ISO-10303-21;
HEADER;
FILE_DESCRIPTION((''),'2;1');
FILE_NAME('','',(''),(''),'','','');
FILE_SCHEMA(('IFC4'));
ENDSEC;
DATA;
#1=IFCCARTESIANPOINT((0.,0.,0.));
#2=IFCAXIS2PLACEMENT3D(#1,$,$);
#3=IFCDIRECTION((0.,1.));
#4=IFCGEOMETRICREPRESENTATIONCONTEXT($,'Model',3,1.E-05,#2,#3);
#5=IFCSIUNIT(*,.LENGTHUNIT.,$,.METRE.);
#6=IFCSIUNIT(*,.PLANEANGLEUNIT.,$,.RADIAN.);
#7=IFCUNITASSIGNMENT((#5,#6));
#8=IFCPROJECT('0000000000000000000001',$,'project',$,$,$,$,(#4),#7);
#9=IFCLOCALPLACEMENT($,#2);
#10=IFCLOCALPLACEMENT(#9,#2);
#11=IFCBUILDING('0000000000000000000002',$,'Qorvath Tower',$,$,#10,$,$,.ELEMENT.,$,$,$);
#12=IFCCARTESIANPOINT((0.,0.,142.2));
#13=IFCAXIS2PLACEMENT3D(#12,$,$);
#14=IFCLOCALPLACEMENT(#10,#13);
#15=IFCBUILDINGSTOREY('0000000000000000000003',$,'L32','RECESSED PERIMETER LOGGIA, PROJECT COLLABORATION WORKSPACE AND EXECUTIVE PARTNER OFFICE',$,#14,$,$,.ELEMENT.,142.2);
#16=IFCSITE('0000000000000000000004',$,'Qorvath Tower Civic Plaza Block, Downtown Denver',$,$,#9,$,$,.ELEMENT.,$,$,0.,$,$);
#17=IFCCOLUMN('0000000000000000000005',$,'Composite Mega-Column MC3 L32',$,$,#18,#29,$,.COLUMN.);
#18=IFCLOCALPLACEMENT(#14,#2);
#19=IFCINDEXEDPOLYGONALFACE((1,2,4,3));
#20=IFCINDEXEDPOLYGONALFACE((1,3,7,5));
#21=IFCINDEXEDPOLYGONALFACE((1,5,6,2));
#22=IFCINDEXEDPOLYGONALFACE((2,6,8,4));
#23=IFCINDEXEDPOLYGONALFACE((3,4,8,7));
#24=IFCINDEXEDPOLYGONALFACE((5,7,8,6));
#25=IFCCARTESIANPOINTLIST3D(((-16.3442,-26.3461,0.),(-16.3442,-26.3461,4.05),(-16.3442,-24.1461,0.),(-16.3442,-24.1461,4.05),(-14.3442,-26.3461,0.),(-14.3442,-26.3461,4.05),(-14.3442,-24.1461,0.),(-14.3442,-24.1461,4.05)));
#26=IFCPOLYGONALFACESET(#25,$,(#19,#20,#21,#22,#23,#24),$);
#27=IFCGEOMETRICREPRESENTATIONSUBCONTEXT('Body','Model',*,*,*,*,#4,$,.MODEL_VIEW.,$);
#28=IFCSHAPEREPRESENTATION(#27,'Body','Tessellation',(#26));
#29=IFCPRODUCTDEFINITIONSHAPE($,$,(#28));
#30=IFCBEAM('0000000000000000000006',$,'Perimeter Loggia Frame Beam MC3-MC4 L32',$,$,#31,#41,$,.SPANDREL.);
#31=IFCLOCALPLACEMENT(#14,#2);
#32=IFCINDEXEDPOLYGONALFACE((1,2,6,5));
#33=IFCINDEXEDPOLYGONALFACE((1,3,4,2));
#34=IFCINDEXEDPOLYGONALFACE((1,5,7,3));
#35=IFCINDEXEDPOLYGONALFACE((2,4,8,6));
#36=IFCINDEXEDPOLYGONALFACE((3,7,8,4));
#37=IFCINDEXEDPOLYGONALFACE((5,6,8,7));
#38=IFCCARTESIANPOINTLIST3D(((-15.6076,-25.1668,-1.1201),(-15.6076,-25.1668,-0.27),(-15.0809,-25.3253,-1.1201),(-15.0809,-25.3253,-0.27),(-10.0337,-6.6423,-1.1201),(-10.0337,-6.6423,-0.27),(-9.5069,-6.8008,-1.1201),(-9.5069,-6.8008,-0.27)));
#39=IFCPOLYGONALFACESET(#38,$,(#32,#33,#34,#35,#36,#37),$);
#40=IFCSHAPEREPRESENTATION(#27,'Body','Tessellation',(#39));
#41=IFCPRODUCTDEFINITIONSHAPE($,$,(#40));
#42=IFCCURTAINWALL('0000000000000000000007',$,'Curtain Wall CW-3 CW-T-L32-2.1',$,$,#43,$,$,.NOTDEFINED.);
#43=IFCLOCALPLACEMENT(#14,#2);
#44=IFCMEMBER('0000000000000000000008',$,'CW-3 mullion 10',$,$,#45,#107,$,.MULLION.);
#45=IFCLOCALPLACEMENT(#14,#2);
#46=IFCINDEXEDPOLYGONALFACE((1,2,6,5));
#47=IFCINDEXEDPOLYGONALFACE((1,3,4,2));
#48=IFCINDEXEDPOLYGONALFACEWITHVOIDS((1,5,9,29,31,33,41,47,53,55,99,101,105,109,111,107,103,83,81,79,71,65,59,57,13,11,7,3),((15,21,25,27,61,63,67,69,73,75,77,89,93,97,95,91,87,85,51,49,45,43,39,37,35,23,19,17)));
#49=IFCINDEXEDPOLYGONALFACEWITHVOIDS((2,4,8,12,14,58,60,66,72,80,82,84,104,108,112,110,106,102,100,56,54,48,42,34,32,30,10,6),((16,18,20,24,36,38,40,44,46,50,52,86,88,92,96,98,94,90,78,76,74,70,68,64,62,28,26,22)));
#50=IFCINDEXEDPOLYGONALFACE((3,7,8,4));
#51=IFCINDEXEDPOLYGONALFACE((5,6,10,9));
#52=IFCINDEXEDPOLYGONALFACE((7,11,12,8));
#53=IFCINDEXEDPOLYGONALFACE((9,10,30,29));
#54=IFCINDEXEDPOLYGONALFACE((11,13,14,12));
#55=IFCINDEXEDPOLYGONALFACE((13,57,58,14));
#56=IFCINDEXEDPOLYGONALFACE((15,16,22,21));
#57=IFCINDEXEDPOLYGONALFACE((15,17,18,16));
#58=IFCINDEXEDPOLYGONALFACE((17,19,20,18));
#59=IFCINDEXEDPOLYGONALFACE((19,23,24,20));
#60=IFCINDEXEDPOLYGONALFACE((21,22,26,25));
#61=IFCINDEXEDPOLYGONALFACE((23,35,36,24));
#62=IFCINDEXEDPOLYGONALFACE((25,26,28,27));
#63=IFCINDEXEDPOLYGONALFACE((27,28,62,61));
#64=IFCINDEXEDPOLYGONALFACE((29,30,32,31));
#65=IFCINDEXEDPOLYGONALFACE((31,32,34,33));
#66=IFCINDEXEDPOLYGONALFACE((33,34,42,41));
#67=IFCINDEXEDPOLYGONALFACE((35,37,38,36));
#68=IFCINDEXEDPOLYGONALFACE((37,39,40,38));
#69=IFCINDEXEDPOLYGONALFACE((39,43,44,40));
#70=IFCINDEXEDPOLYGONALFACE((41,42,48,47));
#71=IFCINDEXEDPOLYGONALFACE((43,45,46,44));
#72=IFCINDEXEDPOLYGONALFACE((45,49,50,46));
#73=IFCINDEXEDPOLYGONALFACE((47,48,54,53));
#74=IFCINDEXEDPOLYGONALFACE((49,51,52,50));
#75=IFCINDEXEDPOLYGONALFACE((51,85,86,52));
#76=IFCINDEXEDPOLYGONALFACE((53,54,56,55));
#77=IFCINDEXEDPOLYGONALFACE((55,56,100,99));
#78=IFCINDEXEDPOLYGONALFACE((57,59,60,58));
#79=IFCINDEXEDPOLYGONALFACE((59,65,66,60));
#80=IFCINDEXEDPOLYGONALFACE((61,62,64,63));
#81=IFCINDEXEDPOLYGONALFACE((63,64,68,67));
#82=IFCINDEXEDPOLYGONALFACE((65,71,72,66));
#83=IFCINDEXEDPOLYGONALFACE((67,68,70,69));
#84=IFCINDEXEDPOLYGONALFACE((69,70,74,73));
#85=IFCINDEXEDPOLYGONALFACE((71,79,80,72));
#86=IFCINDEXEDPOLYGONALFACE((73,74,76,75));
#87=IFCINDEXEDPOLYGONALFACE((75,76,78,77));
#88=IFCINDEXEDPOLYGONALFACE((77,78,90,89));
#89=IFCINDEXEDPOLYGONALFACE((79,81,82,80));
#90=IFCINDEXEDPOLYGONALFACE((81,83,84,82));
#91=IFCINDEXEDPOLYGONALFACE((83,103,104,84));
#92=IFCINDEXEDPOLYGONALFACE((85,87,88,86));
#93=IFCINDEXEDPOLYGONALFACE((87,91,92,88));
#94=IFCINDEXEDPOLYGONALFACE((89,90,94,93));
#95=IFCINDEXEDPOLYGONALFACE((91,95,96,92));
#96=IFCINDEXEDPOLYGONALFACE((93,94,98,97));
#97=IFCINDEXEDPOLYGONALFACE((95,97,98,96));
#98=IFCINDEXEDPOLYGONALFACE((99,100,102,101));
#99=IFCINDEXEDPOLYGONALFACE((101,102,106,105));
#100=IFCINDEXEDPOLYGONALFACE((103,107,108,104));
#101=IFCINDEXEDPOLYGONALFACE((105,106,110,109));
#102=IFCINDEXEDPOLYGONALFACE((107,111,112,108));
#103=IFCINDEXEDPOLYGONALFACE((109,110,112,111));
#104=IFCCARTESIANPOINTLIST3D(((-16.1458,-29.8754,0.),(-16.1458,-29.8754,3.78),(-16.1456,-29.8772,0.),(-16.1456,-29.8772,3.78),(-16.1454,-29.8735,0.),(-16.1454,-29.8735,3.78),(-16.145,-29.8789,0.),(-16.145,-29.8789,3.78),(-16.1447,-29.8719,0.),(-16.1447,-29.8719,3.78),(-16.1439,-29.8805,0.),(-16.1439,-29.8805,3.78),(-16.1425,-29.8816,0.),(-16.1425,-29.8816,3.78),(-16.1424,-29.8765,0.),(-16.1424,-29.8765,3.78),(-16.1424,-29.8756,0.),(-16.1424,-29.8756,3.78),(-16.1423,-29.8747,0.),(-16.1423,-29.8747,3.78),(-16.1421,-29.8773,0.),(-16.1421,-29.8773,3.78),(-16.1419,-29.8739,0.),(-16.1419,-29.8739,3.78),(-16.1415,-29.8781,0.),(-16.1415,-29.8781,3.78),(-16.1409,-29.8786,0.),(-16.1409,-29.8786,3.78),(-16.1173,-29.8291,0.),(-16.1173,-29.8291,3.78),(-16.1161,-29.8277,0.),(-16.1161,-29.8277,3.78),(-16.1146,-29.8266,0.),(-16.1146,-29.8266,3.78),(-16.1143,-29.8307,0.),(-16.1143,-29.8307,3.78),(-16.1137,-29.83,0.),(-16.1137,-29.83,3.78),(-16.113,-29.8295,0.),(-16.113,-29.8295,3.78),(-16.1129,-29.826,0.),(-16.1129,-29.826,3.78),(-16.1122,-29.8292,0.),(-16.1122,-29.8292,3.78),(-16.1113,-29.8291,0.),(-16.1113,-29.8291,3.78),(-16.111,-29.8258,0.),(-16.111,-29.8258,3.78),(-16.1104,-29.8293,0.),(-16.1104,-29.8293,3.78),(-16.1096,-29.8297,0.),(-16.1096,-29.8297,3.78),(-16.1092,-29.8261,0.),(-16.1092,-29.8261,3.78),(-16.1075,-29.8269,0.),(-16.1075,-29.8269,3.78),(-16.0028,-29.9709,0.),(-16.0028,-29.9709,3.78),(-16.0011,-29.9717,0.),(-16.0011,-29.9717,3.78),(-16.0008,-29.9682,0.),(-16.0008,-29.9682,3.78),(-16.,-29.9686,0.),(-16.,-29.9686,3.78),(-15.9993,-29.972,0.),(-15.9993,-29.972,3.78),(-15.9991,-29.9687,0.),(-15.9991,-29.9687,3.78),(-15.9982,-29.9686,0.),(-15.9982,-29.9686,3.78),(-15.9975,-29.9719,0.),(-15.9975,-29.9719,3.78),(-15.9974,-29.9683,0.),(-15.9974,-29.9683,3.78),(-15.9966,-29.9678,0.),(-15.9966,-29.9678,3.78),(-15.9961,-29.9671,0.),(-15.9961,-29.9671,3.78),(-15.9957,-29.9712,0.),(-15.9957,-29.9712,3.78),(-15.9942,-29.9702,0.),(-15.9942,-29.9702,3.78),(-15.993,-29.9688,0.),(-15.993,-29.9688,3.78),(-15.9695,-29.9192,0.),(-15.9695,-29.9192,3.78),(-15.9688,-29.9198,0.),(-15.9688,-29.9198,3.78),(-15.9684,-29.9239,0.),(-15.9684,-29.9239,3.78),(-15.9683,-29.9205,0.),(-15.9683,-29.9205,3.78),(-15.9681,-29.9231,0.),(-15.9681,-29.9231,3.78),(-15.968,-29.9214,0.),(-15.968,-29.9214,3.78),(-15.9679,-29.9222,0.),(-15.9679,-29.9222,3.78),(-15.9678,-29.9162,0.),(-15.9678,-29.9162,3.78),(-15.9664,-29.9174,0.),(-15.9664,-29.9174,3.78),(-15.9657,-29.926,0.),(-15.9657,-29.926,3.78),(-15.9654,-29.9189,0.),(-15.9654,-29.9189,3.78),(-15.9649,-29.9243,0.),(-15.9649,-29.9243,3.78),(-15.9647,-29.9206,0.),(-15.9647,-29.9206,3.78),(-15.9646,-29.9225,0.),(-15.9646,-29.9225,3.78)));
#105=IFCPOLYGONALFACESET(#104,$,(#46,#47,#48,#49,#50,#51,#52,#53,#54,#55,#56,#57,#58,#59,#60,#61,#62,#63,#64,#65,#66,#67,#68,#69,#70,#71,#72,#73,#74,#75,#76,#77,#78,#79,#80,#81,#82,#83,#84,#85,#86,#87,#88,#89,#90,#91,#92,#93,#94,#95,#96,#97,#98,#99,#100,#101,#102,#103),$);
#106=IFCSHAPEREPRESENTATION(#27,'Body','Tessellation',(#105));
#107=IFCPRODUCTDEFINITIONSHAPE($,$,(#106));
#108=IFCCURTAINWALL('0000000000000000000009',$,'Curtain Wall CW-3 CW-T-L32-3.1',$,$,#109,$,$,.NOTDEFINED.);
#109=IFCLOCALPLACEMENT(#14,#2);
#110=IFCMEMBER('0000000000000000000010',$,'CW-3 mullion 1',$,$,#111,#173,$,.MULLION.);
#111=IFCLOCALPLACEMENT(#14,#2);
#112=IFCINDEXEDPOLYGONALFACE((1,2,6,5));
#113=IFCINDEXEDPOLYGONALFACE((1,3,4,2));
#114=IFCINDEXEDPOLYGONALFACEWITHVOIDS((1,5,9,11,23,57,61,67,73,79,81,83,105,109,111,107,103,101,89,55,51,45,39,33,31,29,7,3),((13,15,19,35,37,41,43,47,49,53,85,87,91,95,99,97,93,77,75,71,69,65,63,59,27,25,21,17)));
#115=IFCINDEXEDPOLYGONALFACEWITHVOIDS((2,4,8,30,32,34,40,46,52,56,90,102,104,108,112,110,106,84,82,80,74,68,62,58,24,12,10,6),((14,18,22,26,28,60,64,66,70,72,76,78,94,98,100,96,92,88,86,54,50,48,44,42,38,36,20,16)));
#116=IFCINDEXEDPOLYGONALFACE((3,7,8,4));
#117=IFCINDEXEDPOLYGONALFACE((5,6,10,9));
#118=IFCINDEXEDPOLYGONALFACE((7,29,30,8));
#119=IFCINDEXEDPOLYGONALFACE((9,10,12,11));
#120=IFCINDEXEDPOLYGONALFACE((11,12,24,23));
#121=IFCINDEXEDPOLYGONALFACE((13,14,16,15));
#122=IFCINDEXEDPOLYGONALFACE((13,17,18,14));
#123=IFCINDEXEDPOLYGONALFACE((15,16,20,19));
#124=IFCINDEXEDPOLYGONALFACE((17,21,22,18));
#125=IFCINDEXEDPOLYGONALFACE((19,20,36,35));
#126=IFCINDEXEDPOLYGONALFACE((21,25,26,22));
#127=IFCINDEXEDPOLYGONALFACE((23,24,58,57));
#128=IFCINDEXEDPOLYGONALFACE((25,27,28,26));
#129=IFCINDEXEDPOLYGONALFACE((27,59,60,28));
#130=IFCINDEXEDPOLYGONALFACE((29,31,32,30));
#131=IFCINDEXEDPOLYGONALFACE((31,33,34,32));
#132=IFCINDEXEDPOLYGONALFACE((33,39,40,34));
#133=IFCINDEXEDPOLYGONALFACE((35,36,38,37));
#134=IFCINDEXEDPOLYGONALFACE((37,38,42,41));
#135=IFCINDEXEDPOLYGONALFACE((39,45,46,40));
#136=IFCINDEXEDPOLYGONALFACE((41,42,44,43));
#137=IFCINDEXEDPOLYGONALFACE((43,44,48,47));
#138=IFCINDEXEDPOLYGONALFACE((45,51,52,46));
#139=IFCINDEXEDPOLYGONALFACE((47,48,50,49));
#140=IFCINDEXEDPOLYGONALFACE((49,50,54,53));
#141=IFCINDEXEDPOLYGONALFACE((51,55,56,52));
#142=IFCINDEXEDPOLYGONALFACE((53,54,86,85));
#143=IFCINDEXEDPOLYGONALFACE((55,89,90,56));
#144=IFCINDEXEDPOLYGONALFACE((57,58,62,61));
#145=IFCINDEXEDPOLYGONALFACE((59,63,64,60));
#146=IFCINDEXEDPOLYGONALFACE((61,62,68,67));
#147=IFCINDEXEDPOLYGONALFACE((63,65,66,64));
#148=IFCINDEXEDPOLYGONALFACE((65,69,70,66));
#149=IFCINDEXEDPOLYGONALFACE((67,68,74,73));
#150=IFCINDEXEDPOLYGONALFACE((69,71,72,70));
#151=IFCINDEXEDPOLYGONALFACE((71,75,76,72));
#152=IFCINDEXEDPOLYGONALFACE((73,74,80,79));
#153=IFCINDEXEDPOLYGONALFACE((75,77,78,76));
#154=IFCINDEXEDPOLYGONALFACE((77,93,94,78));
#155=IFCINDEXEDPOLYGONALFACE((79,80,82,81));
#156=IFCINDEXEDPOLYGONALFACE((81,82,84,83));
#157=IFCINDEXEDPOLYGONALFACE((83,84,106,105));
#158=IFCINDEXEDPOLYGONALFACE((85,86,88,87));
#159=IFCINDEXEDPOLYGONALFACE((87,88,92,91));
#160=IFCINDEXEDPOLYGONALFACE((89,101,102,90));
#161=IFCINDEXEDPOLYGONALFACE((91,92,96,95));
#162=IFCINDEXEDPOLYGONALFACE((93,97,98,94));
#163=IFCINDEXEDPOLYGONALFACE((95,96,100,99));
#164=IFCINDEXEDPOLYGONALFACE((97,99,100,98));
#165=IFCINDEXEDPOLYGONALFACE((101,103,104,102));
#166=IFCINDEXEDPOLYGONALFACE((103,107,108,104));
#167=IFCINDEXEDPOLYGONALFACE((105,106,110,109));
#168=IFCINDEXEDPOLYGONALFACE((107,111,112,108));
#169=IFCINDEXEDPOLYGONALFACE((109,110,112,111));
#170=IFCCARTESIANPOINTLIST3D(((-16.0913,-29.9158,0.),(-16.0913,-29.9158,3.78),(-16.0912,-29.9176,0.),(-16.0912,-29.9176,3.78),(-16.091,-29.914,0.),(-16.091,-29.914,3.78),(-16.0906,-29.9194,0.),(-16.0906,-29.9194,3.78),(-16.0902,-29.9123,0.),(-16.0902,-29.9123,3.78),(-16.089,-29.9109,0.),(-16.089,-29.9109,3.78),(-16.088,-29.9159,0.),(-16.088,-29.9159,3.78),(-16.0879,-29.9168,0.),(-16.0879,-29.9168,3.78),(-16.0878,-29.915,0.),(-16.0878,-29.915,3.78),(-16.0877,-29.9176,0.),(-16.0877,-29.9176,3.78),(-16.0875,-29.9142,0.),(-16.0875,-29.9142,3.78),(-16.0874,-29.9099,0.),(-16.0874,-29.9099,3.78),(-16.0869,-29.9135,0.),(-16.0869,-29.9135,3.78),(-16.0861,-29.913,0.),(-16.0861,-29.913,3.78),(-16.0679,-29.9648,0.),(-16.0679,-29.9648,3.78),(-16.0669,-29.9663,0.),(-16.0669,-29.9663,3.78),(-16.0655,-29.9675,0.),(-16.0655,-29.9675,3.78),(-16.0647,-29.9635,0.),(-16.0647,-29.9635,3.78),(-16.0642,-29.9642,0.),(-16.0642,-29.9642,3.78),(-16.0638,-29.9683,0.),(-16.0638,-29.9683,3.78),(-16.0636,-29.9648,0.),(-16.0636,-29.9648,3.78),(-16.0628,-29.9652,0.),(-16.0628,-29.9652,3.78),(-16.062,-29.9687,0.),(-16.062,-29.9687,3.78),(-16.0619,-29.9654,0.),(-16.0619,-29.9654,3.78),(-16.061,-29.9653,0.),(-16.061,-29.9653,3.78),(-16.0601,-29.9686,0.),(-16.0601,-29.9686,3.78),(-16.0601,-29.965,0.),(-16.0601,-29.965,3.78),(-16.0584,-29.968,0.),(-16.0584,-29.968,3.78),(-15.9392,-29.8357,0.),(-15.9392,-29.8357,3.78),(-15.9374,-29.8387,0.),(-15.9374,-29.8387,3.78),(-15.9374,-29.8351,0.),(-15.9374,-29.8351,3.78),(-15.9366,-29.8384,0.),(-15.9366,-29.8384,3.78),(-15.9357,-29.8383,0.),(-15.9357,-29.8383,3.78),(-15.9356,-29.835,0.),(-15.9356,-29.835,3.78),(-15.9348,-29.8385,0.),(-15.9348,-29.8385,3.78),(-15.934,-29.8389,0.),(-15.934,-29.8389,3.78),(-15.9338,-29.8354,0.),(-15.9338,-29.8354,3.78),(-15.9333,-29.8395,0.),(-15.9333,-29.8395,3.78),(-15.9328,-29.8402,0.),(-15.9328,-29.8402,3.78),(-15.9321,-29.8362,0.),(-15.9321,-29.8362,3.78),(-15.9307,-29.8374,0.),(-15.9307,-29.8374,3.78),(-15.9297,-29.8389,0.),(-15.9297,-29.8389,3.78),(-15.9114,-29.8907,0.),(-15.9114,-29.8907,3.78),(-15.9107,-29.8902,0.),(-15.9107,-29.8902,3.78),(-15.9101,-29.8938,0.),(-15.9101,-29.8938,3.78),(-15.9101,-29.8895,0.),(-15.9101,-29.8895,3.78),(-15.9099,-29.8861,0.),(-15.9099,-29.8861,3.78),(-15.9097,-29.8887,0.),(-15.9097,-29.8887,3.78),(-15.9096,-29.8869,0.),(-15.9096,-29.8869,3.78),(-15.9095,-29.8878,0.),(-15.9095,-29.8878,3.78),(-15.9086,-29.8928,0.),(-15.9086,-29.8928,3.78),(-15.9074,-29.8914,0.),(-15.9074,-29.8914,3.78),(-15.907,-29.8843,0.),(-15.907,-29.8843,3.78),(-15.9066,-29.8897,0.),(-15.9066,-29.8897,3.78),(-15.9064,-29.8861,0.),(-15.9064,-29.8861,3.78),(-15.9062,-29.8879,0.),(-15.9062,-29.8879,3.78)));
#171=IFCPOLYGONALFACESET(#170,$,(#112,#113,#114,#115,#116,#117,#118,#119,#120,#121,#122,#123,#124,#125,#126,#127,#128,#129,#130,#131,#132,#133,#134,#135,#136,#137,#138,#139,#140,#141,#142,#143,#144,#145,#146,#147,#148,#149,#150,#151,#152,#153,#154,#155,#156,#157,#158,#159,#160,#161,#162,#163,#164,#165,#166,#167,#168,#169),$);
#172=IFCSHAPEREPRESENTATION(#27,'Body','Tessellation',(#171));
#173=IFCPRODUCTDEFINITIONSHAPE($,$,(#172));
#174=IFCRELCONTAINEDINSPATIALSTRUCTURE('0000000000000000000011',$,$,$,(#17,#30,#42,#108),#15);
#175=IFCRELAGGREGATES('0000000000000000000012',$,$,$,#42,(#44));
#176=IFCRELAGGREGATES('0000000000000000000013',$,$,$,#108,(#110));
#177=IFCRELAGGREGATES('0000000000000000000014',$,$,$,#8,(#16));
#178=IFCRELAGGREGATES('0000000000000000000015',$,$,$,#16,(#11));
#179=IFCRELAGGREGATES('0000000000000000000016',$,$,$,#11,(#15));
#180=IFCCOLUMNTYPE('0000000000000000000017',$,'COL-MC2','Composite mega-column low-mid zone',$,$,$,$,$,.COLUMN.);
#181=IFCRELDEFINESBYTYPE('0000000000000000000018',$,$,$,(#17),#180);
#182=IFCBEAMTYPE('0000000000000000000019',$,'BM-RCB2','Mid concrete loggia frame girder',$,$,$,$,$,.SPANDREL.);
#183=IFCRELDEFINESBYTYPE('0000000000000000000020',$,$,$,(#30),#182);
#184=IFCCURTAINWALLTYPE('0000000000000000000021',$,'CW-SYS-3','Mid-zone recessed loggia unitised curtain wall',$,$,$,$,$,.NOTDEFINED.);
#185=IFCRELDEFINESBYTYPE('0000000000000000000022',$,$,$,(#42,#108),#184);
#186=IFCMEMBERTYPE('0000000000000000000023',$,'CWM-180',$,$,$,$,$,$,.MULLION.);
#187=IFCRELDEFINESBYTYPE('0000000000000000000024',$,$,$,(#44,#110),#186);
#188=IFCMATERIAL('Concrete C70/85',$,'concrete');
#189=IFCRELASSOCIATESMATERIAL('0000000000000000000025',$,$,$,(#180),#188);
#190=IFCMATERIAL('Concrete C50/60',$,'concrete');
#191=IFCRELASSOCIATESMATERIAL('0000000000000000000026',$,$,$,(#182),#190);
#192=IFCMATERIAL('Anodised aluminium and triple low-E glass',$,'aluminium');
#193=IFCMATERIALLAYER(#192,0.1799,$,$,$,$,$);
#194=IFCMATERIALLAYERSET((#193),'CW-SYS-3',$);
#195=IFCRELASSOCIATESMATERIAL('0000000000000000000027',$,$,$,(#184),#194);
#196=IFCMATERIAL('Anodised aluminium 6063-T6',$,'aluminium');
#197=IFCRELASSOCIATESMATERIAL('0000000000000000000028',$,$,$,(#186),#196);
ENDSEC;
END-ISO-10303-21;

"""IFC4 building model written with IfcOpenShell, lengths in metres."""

from ifc_helpers import new_model, si_unit, direction, frame, origin, origin_2d, place, context, subcontext, project, spatial, rectangle, hollow_rectangle, extrude, material, layer, layer_set, material_profile, profile_set, type_object, element, aggregate, save


model = new_model("IFC4")

# Units and contexts
model_context = context("Model", 3, precision=1e-05, world=origin(), true_north=direction((0.0, 1.0)))
body_context = subcontext(model_context, "Body", "Model", "MODEL_VIEW")
ifc_project = project(units=[si_unit("LENGTHUNIT", "METRE"), si_unit("PLANEANGLEUNIT", "RADIAN")], contexts=[model_context])

# Site, building, storey
site_placement = place(None, origin())
site = spatial("IfcSite", under=ifc_project, at=site_placement, Name="Qorvath Tower Civic Plaza Block, Downtown Denver", CompositionType="ELEMENT", RefElevation=0.0)
building_placement = place(site_placement, origin())
building = spatial("IfcBuilding", under=site, at=building_placement, Name="Qorvath Tower", CompositionType="ELEMENT")
storey_placement = place(building_placement, frame((0.0, 0.0, 142.2)))
storey = spatial("IfcBuildingStorey", under=building, at=storey_placement, Name="L32", Description="RECESSED PERIMETER LOGGIA, PROJECT COLLABORATION WORKSPACE AND EXECUTIVE PARTNER OFFICE", CompositionType="ELEMENT", Elevation=142.2)

# Column
ifc_material_1 = material(Name="Concrete C70/85", Category="concrete")
ifc_material_profile_1 = material_profile(ifc_material_1, rectangle(XDim=2.0, YDim=2.2, at=origin_2d()), Name="MC 2200x2000")
ifc_profile_set_1 = profile_set([ifc_material_profile_1], Name="Concrete C70/85")
column_type = type_object("IfcColumnType", Name="COL-MC2", Description="Composite mega-column low-mid zone", PredefinedType="COLUMN", material=ifc_profile_set_1)
column_placement = place(storey_placement, frame((-15.3442, -25.2461, 0.0), z_axis=(0.0, 0.0, 1.0), x_axis=(1.0, 0.0, 0.0)))
element("IfcColumn", 1, at=column_placement, inside=storey, type_object=column_type, Name="Composite Mega-Column MC3 L32", PredefinedType="COLUMN", context=body_context, shape_type="SweptSolid", body=[
    extrude(rectangle(XDim=2.0, YDim=2.2, at=origin_2d()), origin(), (0.0, 0.0, 1.0), 4.05),
])

# Beam
ifc_material_2 = material(Name="Concrete C50/60", Category="concrete")
ifc_material_profile_2 = material_profile(ifc_material_2, rectangle(XDim=0.55, YDim=0.8501, at=origin_2d()), Name="RCB 850x550")
ifc_profile_set_2 = profile_set([ifc_material_profile_2], Name="Concrete C50/60")
beam_type = type_object("IfcBeamType", Name="BM-RCB2", Description="Mid concrete loggia frame girder", PredefinedType="SPANDREL", material=ifc_profile_set_2)
beam_placement = place(storey_placement, frame((-15.3442, -25.2461, -0.6951), z_axis=(0.288134, 0.95759, 0.0), x_axis=(-0.95759, 0.288134, 0.0)))
element("IfcBeam", 2, at=beam_placement, inside=storey, type_object=beam_type, Name="Perimeter Loggia Frame Beam MC3-MC4 L32", PredefinedType="SPANDREL", context=body_context, shape_type="SweptSolid", body=[
    extrude(rectangle(XDim=0.55, YDim=0.8501, at=origin_2d()), origin(), (0.0, 0.0, 1.0), 19.345),
])

# Curtain wall, member
ifc_material_3 = material(Name="Anodised aluminium and triple low-E glass", Category="aluminium")
ifc_layer_1 = layer(ifc_material_3, 0.1799)
ifc_layer_set_1 = layer_set([ifc_layer_1], Name="CW-SYS-3")
curtain_wall_type = type_object("IfcCurtainWallType", Name="CW-SYS-3", Description="Mid-zone recessed loggia unitised curtain wall", PredefinedType="NOTDEFINED", material=ifc_layer_set_1)
curtain_wall_1_placement = place(storey_placement, origin())
curtain_wall_1 = element("IfcCurtainWall", 3, at=curtain_wall_1_placement, inside=storey, type_object=curtain_wall_type, Name="Curtain Wall CW-3 CW-T-L32-2.1", PredefinedType="NOTDEFINED")
ifc_material_4 = material(Name="Anodised aluminium 6063-T6", Category="aluminium")
ifc_material_profile_3 = material_profile(ifc_material_4, hollow_rectangle(XDim=0.0649, YDim=0.1799, WallThickness=0.0034, InnerFilletRadius=0.0034, OuterFilletRadius=0.0071, at=origin_2d()), Name="CWM 180x65")
ifc_profile_set_3 = profile_set([ifc_material_profile_3], Name="Anodised aluminium 6063-T6")
member_type_1 = type_object("IfcMemberType", Name="CWM-180", PredefinedType="MULLION", material=ifc_profile_set_3)
member_1_placement = place(storey_placement, frame((-16.0552, -29.8989, 0.0), z_axis=(0.0, 0.0, 1.0), x_axis=(0.538533, 0.842604, 0.0)))
member_1 = element("IfcMember", 4, at=member_1_placement, type_object=member_type_1, Name="CW-3 mullion 10", PredefinedType="MULLION", context=body_context, shape_type="SweptSolid", body=[
    extrude(hollow_rectangle(XDim=0.0649, YDim=0.1799, WallThickness=0.0034, InnerFilletRadius=0.0034, OuterFilletRadius=0.0071, at=origin_2d()), origin(), (0.0, 0.0, 1.0), 3.78),
])

# Curtain wall, member
curtain_wall_2_placement = place(storey_placement, origin())
curtain_wall_2 = element("IfcCurtainWall", 5, at=curtain_wall_2_placement, inside=storey, type_object=curtain_wall_type, Name="Curtain Wall CW-3 CW-T-L32-3.1", PredefinedType="NOTDEFINED")
member_2_placement = place(storey_placement, frame((-15.9988, -29.9019, 0.0), z_axis=(0.0, 0.0, 1.0), x_axis=(-0.447172, 0.894448, 0.0)))
member_2 = element("IfcMember", 6, at=member_2_placement, type_object=member_type_1, Name="CW-3 mullion 1", PredefinedType="MULLION", context=body_context, shape_type="SweptSolid", body=[
    extrude(hollow_rectangle(XDim=0.0649, YDim=0.1799, WallThickness=0.0034, InnerFilletRadius=0.0034, OuterFilletRadius=0.0071, at=origin_2d()), origin(), (0.0, 0.0, 1.0), 3.78),
])

aggregate(curtain_wall_1, [member_1])
aggregate(curtain_wall_2, [member_2])

save(model, "model.ifc")
